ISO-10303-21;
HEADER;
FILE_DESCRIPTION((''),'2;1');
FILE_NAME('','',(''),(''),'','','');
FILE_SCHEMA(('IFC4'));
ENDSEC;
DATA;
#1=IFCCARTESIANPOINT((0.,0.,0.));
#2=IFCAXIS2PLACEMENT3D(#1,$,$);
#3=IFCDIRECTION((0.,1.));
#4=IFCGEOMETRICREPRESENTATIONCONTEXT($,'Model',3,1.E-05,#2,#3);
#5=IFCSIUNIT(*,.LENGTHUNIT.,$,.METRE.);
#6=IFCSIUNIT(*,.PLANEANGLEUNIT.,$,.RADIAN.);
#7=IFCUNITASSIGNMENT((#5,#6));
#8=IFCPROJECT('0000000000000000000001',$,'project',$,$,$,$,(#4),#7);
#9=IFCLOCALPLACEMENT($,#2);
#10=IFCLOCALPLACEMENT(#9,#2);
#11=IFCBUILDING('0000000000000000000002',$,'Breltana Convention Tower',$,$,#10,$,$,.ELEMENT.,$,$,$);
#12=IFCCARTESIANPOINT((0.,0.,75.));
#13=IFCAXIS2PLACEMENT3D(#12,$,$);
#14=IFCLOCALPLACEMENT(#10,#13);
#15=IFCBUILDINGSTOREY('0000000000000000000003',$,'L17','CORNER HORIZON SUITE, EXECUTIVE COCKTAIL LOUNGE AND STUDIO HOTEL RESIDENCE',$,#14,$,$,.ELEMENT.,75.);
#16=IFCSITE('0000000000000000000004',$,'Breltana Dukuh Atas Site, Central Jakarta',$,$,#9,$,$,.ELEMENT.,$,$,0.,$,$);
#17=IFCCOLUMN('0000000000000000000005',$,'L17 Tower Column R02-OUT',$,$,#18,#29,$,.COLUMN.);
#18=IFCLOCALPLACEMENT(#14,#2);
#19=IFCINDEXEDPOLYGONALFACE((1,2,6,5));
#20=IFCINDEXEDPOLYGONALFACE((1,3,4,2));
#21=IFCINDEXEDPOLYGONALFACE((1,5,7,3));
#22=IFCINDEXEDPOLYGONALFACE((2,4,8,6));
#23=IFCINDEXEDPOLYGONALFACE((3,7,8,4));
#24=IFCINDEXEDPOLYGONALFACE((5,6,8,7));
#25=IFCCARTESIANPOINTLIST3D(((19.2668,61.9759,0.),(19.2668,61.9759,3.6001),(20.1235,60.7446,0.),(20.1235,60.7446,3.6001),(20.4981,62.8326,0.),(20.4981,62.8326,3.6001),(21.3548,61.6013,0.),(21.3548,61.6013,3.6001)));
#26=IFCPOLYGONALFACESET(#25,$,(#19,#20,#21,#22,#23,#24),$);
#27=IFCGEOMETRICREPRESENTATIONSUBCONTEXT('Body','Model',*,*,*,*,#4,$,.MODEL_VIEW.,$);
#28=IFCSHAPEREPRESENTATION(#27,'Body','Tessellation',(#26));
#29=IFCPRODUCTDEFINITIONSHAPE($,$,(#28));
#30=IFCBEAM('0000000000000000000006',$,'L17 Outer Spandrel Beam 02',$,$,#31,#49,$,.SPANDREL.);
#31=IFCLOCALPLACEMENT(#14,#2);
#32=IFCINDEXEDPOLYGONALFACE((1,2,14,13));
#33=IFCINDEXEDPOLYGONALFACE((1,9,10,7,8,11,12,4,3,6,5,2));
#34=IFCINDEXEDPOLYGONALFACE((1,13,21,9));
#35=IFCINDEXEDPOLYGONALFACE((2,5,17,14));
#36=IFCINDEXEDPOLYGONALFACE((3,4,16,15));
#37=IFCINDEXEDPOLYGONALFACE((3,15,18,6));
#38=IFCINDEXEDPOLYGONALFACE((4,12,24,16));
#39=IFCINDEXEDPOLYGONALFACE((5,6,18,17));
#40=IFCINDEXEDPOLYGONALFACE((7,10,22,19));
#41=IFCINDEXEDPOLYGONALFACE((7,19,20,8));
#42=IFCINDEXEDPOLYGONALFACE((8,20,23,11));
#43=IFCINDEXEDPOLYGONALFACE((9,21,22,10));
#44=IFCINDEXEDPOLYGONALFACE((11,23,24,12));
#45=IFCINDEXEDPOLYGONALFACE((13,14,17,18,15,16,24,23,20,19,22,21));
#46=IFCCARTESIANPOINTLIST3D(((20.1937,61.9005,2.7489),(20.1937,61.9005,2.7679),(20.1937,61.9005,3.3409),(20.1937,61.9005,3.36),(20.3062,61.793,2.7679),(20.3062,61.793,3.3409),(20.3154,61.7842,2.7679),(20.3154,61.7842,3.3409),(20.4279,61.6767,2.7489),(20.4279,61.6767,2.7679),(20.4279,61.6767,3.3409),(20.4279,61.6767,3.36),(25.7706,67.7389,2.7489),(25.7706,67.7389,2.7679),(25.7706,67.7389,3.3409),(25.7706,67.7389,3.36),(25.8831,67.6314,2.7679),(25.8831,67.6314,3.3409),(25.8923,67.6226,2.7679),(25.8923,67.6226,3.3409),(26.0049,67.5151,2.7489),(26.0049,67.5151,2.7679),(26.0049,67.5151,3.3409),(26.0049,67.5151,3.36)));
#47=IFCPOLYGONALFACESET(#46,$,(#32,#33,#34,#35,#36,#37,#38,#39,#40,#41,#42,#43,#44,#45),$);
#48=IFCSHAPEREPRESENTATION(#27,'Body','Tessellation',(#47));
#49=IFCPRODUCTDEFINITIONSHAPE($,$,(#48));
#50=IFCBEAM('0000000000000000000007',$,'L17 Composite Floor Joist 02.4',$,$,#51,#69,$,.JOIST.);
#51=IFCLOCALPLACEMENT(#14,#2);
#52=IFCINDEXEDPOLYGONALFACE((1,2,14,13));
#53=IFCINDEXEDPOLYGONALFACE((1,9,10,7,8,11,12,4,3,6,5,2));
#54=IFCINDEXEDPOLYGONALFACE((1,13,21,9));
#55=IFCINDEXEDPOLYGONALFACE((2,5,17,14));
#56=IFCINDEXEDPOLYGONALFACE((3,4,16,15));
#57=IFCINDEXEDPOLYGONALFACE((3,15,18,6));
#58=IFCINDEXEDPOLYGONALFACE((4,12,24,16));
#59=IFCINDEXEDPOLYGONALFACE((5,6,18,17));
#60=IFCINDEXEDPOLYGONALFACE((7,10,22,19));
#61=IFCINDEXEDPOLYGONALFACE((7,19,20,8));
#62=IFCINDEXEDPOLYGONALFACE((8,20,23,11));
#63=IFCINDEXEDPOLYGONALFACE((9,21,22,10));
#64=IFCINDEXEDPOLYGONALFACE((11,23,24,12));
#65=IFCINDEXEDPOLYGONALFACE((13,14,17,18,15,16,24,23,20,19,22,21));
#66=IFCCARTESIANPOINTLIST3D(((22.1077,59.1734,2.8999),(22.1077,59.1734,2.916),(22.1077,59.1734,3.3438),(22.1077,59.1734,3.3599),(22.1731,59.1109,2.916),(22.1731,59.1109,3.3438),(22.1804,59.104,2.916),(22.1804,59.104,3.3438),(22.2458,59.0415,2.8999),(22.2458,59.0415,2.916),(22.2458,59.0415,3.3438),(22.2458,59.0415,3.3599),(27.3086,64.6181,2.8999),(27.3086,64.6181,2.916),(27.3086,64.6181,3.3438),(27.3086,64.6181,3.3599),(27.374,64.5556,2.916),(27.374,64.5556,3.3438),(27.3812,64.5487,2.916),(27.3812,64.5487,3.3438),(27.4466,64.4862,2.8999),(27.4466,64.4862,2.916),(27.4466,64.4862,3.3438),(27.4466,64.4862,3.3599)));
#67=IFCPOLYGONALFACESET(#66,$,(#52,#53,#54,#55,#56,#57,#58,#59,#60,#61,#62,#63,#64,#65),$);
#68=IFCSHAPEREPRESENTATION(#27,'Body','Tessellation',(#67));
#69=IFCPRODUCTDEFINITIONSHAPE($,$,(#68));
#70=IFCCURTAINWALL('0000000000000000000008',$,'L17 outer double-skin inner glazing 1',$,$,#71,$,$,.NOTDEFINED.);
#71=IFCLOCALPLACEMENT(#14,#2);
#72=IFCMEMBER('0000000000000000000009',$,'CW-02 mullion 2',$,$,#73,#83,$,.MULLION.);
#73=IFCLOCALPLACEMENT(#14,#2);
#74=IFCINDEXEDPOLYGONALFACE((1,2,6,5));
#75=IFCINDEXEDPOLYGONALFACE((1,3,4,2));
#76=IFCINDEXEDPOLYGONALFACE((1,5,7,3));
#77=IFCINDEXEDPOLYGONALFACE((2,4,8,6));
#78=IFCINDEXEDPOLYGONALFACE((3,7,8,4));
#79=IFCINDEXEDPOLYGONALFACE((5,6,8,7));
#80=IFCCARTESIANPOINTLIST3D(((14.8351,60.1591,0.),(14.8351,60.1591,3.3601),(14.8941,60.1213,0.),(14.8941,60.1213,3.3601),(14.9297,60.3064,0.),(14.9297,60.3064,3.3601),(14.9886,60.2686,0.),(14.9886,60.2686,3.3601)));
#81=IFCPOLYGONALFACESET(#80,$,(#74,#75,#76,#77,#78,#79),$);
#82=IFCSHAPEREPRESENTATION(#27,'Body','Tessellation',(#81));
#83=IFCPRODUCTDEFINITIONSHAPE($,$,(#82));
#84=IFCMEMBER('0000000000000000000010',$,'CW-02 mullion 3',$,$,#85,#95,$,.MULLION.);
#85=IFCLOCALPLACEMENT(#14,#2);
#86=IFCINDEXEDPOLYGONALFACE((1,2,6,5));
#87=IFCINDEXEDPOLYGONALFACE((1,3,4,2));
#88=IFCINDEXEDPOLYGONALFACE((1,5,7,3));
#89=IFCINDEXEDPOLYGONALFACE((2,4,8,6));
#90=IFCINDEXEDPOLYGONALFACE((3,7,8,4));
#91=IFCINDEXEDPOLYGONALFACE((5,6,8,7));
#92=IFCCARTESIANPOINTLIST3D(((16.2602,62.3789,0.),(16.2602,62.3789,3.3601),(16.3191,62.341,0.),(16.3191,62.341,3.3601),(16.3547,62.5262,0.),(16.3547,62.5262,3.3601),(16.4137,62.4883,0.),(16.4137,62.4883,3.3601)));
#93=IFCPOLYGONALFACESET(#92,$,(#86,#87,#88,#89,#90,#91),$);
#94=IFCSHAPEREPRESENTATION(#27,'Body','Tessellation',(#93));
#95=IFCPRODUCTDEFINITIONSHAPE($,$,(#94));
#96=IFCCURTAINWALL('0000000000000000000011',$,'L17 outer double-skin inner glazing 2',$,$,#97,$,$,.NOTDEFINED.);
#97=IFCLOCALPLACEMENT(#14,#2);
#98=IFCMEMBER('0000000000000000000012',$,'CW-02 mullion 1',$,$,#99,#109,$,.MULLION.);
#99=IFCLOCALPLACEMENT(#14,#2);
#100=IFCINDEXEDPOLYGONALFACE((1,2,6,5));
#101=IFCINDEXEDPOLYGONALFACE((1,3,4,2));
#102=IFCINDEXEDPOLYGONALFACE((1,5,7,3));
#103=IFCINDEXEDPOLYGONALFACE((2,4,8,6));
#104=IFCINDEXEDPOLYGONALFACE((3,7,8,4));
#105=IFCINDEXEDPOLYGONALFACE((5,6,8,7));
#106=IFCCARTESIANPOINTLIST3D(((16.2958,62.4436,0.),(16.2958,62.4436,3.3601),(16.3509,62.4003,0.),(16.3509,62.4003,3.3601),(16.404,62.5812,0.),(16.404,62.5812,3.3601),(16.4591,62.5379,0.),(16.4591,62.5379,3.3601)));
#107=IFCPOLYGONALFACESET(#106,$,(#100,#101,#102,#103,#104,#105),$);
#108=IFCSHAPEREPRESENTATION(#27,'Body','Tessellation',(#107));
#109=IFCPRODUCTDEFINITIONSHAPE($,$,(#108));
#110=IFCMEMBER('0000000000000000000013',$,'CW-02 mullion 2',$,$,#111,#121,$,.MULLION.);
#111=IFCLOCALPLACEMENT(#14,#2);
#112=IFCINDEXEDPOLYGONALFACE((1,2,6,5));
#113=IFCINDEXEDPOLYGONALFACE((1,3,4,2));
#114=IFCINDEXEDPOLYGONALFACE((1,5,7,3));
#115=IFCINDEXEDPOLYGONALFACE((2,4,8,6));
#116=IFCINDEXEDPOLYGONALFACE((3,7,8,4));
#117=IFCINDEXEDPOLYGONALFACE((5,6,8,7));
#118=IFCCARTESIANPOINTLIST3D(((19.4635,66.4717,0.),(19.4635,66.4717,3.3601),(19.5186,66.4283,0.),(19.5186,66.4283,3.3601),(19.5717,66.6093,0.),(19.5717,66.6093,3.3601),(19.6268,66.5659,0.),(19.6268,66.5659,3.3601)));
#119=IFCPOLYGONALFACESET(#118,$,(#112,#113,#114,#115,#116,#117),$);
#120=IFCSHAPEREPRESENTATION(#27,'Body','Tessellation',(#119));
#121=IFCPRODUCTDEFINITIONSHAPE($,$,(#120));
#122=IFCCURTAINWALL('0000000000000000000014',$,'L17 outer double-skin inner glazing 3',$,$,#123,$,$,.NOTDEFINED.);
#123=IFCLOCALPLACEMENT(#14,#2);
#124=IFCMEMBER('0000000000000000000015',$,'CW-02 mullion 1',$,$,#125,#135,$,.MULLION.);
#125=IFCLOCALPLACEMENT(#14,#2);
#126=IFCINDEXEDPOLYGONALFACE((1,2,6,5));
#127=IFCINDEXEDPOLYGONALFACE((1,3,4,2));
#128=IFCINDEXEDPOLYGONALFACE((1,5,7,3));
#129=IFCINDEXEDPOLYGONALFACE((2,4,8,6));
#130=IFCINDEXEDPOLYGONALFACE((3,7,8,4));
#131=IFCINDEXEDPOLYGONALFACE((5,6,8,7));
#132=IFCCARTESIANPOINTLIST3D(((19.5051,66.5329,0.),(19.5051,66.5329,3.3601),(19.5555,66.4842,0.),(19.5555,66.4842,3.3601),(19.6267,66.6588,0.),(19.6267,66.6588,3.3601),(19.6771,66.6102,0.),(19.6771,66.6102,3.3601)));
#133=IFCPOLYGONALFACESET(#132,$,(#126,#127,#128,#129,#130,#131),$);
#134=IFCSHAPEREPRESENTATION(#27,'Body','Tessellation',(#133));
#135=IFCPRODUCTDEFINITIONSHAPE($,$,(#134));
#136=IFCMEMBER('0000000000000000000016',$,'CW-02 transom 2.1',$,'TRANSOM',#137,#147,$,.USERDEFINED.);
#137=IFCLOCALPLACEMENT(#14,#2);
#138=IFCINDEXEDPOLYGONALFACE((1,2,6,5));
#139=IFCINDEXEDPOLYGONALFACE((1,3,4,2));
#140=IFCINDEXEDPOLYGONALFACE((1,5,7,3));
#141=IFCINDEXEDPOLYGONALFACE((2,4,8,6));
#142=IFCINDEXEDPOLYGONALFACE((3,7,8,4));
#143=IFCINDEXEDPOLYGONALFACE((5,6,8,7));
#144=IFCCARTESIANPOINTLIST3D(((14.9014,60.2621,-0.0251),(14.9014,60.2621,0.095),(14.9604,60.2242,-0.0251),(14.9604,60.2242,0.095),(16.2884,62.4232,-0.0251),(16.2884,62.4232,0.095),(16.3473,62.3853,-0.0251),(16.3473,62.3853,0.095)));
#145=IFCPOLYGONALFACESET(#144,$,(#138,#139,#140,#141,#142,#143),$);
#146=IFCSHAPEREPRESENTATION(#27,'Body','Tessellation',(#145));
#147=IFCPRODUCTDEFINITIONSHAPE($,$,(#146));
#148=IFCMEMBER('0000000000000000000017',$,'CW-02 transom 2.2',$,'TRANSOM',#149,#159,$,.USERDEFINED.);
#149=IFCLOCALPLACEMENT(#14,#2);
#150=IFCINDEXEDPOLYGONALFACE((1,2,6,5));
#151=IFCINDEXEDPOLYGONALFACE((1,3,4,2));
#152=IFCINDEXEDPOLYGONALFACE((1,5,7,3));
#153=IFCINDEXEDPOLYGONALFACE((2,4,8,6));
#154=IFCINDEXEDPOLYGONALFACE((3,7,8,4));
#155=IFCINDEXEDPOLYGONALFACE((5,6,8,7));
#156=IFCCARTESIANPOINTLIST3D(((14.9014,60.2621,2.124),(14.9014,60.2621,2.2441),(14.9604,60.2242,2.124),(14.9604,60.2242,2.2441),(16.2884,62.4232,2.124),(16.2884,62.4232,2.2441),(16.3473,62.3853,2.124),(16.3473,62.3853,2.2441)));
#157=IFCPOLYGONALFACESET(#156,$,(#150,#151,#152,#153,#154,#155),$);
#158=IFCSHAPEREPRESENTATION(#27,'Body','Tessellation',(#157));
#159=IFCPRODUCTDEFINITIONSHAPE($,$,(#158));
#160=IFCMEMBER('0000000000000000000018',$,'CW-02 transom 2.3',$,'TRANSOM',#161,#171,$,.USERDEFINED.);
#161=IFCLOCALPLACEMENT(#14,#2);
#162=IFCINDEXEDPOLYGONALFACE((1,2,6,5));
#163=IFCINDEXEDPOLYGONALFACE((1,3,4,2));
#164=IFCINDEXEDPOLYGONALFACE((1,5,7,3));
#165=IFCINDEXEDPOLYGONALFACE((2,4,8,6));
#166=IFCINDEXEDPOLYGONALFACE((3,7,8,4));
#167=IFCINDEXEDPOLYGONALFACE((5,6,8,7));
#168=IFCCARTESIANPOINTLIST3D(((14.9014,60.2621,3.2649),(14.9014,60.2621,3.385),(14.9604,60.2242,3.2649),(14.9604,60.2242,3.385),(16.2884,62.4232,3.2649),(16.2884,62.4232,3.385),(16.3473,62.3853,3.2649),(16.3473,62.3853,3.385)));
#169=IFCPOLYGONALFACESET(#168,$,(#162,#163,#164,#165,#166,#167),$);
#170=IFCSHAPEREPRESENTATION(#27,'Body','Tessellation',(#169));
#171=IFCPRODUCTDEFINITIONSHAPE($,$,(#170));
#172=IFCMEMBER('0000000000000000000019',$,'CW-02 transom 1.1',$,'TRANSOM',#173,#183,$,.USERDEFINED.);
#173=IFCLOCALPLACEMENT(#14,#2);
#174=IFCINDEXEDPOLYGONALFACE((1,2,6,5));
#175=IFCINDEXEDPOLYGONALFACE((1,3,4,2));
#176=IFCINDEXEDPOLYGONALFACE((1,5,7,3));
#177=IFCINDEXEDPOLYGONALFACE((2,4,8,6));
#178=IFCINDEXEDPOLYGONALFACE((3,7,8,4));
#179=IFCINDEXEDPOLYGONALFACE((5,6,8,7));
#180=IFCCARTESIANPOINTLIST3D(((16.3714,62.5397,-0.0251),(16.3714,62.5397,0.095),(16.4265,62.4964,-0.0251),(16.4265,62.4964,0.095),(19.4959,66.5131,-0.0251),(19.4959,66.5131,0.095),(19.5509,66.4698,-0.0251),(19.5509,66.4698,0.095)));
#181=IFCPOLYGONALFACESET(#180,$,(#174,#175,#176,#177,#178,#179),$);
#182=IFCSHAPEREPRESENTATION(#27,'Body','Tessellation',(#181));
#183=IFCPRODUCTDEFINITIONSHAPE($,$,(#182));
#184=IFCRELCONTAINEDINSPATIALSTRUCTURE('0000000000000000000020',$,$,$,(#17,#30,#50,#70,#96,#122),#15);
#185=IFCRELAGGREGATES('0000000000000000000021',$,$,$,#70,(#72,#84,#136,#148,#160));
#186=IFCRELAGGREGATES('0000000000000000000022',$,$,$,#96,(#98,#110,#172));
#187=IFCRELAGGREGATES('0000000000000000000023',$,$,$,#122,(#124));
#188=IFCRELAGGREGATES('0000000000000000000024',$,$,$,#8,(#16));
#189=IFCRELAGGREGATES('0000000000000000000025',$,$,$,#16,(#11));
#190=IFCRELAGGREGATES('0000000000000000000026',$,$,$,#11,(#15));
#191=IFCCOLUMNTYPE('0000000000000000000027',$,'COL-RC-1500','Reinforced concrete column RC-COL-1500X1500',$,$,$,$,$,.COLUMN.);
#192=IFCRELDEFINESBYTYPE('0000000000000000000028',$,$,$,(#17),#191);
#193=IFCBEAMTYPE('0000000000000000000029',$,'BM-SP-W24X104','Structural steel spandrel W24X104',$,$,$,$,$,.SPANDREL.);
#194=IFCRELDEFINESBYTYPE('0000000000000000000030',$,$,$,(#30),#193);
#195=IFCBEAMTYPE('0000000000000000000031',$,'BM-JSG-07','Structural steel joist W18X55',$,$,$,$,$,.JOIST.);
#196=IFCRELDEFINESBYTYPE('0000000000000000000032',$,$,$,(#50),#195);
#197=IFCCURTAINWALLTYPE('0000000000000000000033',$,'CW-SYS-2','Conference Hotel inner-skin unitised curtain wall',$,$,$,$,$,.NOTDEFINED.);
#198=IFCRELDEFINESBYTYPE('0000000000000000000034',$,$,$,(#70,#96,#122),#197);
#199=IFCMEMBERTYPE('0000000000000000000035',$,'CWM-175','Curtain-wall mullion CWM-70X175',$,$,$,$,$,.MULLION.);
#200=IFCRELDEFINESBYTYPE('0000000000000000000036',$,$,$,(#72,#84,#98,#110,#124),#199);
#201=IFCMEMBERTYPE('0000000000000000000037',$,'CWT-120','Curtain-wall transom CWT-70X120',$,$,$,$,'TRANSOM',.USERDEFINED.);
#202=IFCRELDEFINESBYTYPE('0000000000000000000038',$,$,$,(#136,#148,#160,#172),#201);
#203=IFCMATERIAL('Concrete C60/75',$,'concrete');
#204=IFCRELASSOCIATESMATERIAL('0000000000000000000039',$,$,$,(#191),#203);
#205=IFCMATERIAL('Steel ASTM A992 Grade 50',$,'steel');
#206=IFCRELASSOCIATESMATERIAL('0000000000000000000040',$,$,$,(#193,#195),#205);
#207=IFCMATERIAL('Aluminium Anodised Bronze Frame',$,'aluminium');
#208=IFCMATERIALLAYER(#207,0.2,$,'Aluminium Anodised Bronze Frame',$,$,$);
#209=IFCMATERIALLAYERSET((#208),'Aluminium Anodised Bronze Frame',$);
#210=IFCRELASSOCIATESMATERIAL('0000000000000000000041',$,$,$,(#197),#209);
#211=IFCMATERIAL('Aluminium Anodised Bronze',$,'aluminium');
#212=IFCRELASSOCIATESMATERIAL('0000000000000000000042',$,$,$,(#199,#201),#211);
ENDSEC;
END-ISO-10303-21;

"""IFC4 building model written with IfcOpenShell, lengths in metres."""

from ifc_helpers import new_model, si_unit, direction, frame, origin, origin_2d, place, context, subcontext, project, spatial, rectangle, i_section, extrude, source, transform, mapped, material, layer, layer_set, material_profile, profile_set, type_object, type_shapes, element, aggregate, save


model = new_model("IFC4")

# Units and contexts
model_context = context("Model", 3, precision=1e-05, world=origin(), true_north=direction((0.0, 1.0)))
body_context = subcontext(model_context, "Body", "Model", "MODEL_VIEW")
ifc_project = project(units=[si_unit("LENGTHUNIT", "METRE"), si_unit("PLANEANGLEUNIT", "RADIAN")], contexts=[model_context])

# Site, building, storey
site_placement = place(None, origin())
site = spatial("IfcSite", under=ifc_project, at=site_placement, Name="Breltana Dukuh Atas Site, Central Jakarta", CompositionType="ELEMENT", RefElevation=0.0)
building_placement = place(site_placement, origin())
building = spatial("IfcBuilding", under=site, at=building_placement, Name="Breltana Convention Tower", CompositionType="ELEMENT")
storey_placement = place(building_placement, frame((0.0, 0.0, 75.0)))
storey = spatial("IfcBuildingStorey", under=building, at=storey_placement, Name="L17", Description="CORNER HORIZON SUITE, EXECUTIVE COCKTAIL LOUNGE AND STUDIO HOTEL RESIDENCE", CompositionType="ELEMENT", Elevation=75.0)

# Column
ifc_material_1 = material(Name="Concrete C60/75", Category="concrete")
ifc_material_profile_1 = material_profile(ifc_material_1, rectangle(XDim=1.5, YDim=1.5, at=origin_2d()), Name="RC-COL-1500X1500")
ifc_profile_set_1 = profile_set([ifc_material_profile_1], Name="Concrete C60/75")
column_type = type_object("IfcColumnType", Name="COL-RC-1500", Description="Reinforced concrete column RC-COL-1500X1500", PredefinedType="COLUMN", material=ifc_profile_set_1)
shared_shape_1 = source(origin(), body_context, "Body", "SweptSolid", [
    extrude(rectangle(XDim=1.5, YDim=1.5, at=origin_2d()), origin(), (0.0, 0.0, 1.0), 3.6001),
])
column_placement = place(storey_placement, frame((20.3108, 61.7886, 0.0), z_axis=(0.0, 0.0, 1.0), x_axis=(-0.571143, 0.82085, 0.0)))
element("IfcColumn", 1, at=column_placement, inside=storey, type_object=column_type, Name="L17 Tower Column R02-OUT", PredefinedType="COLUMN", context=body_context, shape_type="MappedRepresentation", body=[
    mapped(shared_shape_1, transform((0.0, 0.0, 0.0), scale=1.0)),
])

# Beams
ifc_material_2 = material(Name="Steel ASTM A992 Grade 50", Category="steel")
ifc_material_profile_2 = material_profile(ifc_material_2, i_section(OverallWidth=0.324, OverallDepth=0.6111, WebThickness=0.0127, FlangeThickness=0.019, at=origin_2d()), Name="W24X104")
ifc_profile_set_2 = profile_set([ifc_material_profile_2], Name="Steel ASTM A992 Grade 50")
beam_type_1 = type_object("IfcBeamType", Name="BM-SP-W24X104", Description="Structural steel spandrel W24X104", PredefinedType="SPANDREL", material=ifc_profile_set_2)
shared_shape_2 = source(origin(), body_context, "Body", "SweptSolid", [
    extrude(i_section(OverallWidth=0.324, OverallDepth=0.6111, WebThickness=0.0127, FlangeThickness=0.019, at=origin_2d()), origin(), (0.0, 0.0, 1.0), 8.074),
])
beam_1_placement = place(storey_placement, frame((20.3108, 61.7886, 3.0544), z_axis=(0.690729, 0.723114, 0.0), x_axis=(-0.723114, 0.690729, 0.0)))
element("IfcBeam", 2, at=beam_1_placement, inside=storey, type_object=beam_type_1, Name="L17 Outer Spandrel Beam 02", PredefinedType="SPANDREL", context=body_context, shape_type="MappedRepresentation", body=[
    mapped(shared_shape_2, transform((0.0, 0.0, 0.0), scale=1.0)),
])
ifc_material_profile_3 = material_profile(ifc_material_2, i_section(OverallWidth=0.1909, OverallDepth=0.46, WebThickness=0.01, FlangeThickness=0.0161, at=origin_2d()), Name="W18X55")
ifc_profile_set_3 = profile_set([ifc_material_profile_3], Name="Steel ASTM A992 Grade 50")
beam_type_2 = type_object("IfcBeamType", Name="BM-JSG-07", Description="Structural steel joist W18X55", PredefinedType="JOIST", material=ifc_profile_set_3)
shared_shape_3 = source(origin(), body_context, "Body", "SweptSolid", [
    extrude(i_section(OverallWidth=0.1909, OverallDepth=0.46, WebThickness=0.01, FlangeThickness=0.0161, at=origin_2d()), origin(), (0.0, 0.0, 1.0), 7.5295),
])
beam_2_placement = place(storey_placement, frame((22.1768, 59.1074, 3.1299), z_axis=(0.690726, 0.723117, 0.0), x_axis=(-0.723117, 0.690726, 0.0)))
element("IfcBeam", 3, at=beam_2_placement, inside=storey, type_object=beam_type_2, Name="L17 Composite Floor Joist 02.4", PredefinedType="JOIST", context=body_context, shape_type="MappedRepresentation", body=[
    mapped(shared_shape_3, transform((0.0, 0.0, 0.0), scale=1.0)),
])

# Curtain walls, members
ifc_material_3 = material(Name="Aluminium Anodised Bronze Frame", Category="aluminium")
ifc_layer_1 = layer(ifc_material_3, 0.2, Name="Aluminium Anodised Bronze Frame")
ifc_layer_set_1 = layer_set([ifc_layer_1], Name="Aluminium Anodised Bronze Frame")
curtain_wall_type = type_object("IfcCurtainWallType", Name="CW-SYS-2", Description="Conference Hotel inner-skin unitised curtain wall", PredefinedType="NOTDEFINED", material=ifc_layer_set_1)
curtain_wall_1_placement = place(storey_placement, origin())
curtain_wall_1 = element("IfcCurtainWall", 4, at=curtain_wall_1_placement, inside=storey, type_object=curtain_wall_type, Name="L17 outer double-skin inner glazing 1", PredefinedType="NOTDEFINED")
ifc_material_4 = material(Name="Aluminium Anodised Bronze", Category="aluminium")
ifc_material_profile_4 = material_profile(ifc_material_4, rectangle(XDim=0.0701, YDim=0.175, at=origin_2d()), Name="CWM-70X175")
ifc_profile_set_4 = profile_set([ifc_material_profile_4], Name="Aluminium Anodised Bronze")
member_type_1 = type_object("IfcMemberType", Name="CWM-175", Description="Curtain-wall mullion CWM-70X175", PredefinedType="MULLION", material=ifc_profile_set_4)
shared_shape_4 = source(origin(), body_context, "Body", "SweptSolid", [
    extrude(rectangle(XDim=0.0701, YDim=0.175, at=origin_2d()), origin(), (0.0, 0.0, 1.0), 3.3601),
])
type_shapes(member_type_1, [shared_shape_4])
member_1_placement = place(storey_placement, frame((14.9119, 60.2139, 0.0), z_axis=(0.0, 0.0, 1.0), x_axis=(-0.841549, 0.540181, 0.0)))
member_1 = element("IfcMember", 5, at=member_1_placement, type_object=member_type_1, Name="CW-02 mullion 2", PredefinedType="MULLION", context=body_context, shape_type="MappedRepresentation", body=[
    mapped(shared_shape_4, transform((0.0, 0.0, 0.0), scale=1.0)),
])
member_2_placement = place(storey_placement, frame((16.3369, 62.4336, 0.0), z_axis=(0.0, 0.0, 1.0), x_axis=(-0.841549, 0.540181, 0.0)))
member_2 = element("IfcMember", 6, at=member_2_placement, type_object=member_type_1, Name="CW-02 mullion 3", PredefinedType="MULLION", context=body_context, shape_type="MappedRepresentation", body=[
    mapped(shared_shape_4, transform((0.0, 0.0, 0.0), scale=1.0)),
])
curtain_wall_2_placement = place(storey_placement, origin())
curtain_wall_2 = element("IfcCurtainWall", 7, at=curtain_wall_2_placement, inside=storey, type_object=curtain_wall_type, Name="L17 outer double-skin inner glazing 2", PredefinedType="NOTDEFINED")
member_3_placement = place(storey_placement, frame((16.3774, 62.4907, 0.0), z_axis=(0.0, 0.0, 1.0), x_axis=(-0.786057, 0.618154, 0.0)))
member_3 = element("IfcMember", 8, at=member_3_placement, type_object=member_type_1, Name="CW-02 mullion 1", PredefinedType="MULLION", context=body_context, shape_type="MappedRepresentation", body=[
    mapped(shared_shape_4, transform((0.0, 0.0, 0.0), scale=1.0)),
])
member_4_placement = place(storey_placement, frame((19.5452, 66.5188, 0.0), z_axis=(0.0, 0.0, 1.0), x_axis=(-0.786057, 0.618154, 0.0)))
member_4 = element("IfcMember", 9, at=member_4_placement, type_object=member_type_1, Name="CW-02 mullion 2", PredefinedType="MULLION", context=body_context, shape_type="MappedRepresentation", body=[
    mapped(shared_shape_4, transform((0.0, 0.0, 0.0), scale=1.0)),
])

# Curtain wall, member
curtain_wall_3_placement = place(storey_placement, origin())
curtain_wall_3 = element("IfcCurtainWall", 10, at=curtain_wall_3_placement, inside=storey, type_object=curtain_wall_type, Name="L17 outer double-skin inner glazing 3", PredefinedType="NOTDEFINED")
member_5_placement = place(storey_placement, frame((19.5911, 66.5715, 0.0), z_axis=(0.0, 0.0, 1.0), x_axis=(-0.719386, 0.69461, 0.0)))
member_5 = element("IfcMember", 11, at=member_5_placement, type_object=member_type_1, Name="CW-02 mullion 1", PredefinedType="MULLION", context=body_context, shape_type="MappedRepresentation", body=[
    mapped(shared_shape_4, transform((0.0, 0.0, 0.0), scale=1.0)),
])

# Members
ifc_material_profile_5 = material_profile(ifc_material_4, rectangle(XDim=0.0701, YDim=0.1201, at=origin_2d()), Name="CWT-70X120")
ifc_profile_set_5 = profile_set([ifc_material_profile_5], Name="Aluminium Anodised Bronze")
member_type_2 = type_object("IfcMemberType", Name="CWT-120", Description="Curtain-wall transom CWT-70X120", ElementType="TRANSOM", PredefinedType="USERDEFINED", material=ifc_profile_set_5)
shared_shape_5 = source(origin(), body_context, "Body", "SweptSolid", [
    extrude(rectangle(XDim=0.0701, YDim=0.1201, at=origin_2d()), origin(), (0.0, 0.0, 1.0), 2.5679),
])
type_shapes(member_type_2, [shared_shape_5])
member_6_placement = place(storey_placement, frame((14.9309, 60.2432, 0.0349), z_axis=(0.540114, 0.841592, 0.0), x_axis=(-0.841592, 0.540114, 0.0)))
member_6 = element("IfcMember", 12, at=member_6_placement, type_object=member_type_2, Name="CW-02 transom 2.1", ObjectType="TRANSOM", PredefinedType="USERDEFINED", context=body_context, shape_type="MappedRepresentation", body=[
    mapped(shared_shape_5, transform((0.0, 0.0, 0.0), scale=1.0)),
])
member_7_placement = place(storey_placement, frame((14.9309, 60.2432, 2.1841), z_axis=(0.540114, 0.841592, 0.0), x_axis=(-0.841592, 0.540114, 0.0)))
member_7 = element("IfcMember", 13, at=member_7_placement, type_object=member_type_2, Name="CW-02 transom 2.2", ObjectType="TRANSOM", PredefinedType="USERDEFINED", context=body_context, shape_type="MappedRepresentation", body=[
    mapped(shared_shape_5, transform((0.0, 0.0, 0.0), scale=1.0)),
])
member_8_placement = place(storey_placement, frame((14.9309, 60.2432, 3.325), z_axis=(0.540114, 0.841592, 0.0), x_axis=(-0.841592, 0.540114, 0.0)))
member_8 = element("IfcMember", 14, at=member_8_placement, type_object=member_type_2, Name="CW-02 transom 2.3", ObjectType="TRANSOM", PredefinedType="USERDEFINED", context=body_context, shape_type="MappedRepresentation", body=[
    mapped(shared_shape_5, transform((0.0, 0.0, 0.0), scale=1.0)),
])
shared_shape_6 = source(origin(), body_context, "Body", "SweptSolid", [
    extrude(rectangle(XDim=0.0701, YDim=0.1201, at=origin_2d()), origin(), (0.0, 0.0, 1.0), 5.0547),
])
member_9_placement = place(storey_placement, frame((16.3989, 62.5181, 0.0349), z_axis=(0.618135, 0.786072, 0.0), x_axis=(-0.786072, 0.618135, 0.0)))
member_9 = element("IfcMember", 15, at=member_9_placement, type_object=member_type_2, Name="CW-02 transom 1.1", ObjectType="TRANSOM", PredefinedType="USERDEFINED", context=body_context, shape_type="MappedRepresentation", body=[
    mapped(shared_shape_6, transform((0.0, 0.0, 0.0), scale=1.0)),
])

aggregate(curtain_wall_1, [member_1, member_2, member_6, member_7, member_8])
aggregate(curtain_wall_2, [member_3, member_4, member_9])
aggregate(curtain_wall_3, [member_5])

save(model, "model.ifc")
